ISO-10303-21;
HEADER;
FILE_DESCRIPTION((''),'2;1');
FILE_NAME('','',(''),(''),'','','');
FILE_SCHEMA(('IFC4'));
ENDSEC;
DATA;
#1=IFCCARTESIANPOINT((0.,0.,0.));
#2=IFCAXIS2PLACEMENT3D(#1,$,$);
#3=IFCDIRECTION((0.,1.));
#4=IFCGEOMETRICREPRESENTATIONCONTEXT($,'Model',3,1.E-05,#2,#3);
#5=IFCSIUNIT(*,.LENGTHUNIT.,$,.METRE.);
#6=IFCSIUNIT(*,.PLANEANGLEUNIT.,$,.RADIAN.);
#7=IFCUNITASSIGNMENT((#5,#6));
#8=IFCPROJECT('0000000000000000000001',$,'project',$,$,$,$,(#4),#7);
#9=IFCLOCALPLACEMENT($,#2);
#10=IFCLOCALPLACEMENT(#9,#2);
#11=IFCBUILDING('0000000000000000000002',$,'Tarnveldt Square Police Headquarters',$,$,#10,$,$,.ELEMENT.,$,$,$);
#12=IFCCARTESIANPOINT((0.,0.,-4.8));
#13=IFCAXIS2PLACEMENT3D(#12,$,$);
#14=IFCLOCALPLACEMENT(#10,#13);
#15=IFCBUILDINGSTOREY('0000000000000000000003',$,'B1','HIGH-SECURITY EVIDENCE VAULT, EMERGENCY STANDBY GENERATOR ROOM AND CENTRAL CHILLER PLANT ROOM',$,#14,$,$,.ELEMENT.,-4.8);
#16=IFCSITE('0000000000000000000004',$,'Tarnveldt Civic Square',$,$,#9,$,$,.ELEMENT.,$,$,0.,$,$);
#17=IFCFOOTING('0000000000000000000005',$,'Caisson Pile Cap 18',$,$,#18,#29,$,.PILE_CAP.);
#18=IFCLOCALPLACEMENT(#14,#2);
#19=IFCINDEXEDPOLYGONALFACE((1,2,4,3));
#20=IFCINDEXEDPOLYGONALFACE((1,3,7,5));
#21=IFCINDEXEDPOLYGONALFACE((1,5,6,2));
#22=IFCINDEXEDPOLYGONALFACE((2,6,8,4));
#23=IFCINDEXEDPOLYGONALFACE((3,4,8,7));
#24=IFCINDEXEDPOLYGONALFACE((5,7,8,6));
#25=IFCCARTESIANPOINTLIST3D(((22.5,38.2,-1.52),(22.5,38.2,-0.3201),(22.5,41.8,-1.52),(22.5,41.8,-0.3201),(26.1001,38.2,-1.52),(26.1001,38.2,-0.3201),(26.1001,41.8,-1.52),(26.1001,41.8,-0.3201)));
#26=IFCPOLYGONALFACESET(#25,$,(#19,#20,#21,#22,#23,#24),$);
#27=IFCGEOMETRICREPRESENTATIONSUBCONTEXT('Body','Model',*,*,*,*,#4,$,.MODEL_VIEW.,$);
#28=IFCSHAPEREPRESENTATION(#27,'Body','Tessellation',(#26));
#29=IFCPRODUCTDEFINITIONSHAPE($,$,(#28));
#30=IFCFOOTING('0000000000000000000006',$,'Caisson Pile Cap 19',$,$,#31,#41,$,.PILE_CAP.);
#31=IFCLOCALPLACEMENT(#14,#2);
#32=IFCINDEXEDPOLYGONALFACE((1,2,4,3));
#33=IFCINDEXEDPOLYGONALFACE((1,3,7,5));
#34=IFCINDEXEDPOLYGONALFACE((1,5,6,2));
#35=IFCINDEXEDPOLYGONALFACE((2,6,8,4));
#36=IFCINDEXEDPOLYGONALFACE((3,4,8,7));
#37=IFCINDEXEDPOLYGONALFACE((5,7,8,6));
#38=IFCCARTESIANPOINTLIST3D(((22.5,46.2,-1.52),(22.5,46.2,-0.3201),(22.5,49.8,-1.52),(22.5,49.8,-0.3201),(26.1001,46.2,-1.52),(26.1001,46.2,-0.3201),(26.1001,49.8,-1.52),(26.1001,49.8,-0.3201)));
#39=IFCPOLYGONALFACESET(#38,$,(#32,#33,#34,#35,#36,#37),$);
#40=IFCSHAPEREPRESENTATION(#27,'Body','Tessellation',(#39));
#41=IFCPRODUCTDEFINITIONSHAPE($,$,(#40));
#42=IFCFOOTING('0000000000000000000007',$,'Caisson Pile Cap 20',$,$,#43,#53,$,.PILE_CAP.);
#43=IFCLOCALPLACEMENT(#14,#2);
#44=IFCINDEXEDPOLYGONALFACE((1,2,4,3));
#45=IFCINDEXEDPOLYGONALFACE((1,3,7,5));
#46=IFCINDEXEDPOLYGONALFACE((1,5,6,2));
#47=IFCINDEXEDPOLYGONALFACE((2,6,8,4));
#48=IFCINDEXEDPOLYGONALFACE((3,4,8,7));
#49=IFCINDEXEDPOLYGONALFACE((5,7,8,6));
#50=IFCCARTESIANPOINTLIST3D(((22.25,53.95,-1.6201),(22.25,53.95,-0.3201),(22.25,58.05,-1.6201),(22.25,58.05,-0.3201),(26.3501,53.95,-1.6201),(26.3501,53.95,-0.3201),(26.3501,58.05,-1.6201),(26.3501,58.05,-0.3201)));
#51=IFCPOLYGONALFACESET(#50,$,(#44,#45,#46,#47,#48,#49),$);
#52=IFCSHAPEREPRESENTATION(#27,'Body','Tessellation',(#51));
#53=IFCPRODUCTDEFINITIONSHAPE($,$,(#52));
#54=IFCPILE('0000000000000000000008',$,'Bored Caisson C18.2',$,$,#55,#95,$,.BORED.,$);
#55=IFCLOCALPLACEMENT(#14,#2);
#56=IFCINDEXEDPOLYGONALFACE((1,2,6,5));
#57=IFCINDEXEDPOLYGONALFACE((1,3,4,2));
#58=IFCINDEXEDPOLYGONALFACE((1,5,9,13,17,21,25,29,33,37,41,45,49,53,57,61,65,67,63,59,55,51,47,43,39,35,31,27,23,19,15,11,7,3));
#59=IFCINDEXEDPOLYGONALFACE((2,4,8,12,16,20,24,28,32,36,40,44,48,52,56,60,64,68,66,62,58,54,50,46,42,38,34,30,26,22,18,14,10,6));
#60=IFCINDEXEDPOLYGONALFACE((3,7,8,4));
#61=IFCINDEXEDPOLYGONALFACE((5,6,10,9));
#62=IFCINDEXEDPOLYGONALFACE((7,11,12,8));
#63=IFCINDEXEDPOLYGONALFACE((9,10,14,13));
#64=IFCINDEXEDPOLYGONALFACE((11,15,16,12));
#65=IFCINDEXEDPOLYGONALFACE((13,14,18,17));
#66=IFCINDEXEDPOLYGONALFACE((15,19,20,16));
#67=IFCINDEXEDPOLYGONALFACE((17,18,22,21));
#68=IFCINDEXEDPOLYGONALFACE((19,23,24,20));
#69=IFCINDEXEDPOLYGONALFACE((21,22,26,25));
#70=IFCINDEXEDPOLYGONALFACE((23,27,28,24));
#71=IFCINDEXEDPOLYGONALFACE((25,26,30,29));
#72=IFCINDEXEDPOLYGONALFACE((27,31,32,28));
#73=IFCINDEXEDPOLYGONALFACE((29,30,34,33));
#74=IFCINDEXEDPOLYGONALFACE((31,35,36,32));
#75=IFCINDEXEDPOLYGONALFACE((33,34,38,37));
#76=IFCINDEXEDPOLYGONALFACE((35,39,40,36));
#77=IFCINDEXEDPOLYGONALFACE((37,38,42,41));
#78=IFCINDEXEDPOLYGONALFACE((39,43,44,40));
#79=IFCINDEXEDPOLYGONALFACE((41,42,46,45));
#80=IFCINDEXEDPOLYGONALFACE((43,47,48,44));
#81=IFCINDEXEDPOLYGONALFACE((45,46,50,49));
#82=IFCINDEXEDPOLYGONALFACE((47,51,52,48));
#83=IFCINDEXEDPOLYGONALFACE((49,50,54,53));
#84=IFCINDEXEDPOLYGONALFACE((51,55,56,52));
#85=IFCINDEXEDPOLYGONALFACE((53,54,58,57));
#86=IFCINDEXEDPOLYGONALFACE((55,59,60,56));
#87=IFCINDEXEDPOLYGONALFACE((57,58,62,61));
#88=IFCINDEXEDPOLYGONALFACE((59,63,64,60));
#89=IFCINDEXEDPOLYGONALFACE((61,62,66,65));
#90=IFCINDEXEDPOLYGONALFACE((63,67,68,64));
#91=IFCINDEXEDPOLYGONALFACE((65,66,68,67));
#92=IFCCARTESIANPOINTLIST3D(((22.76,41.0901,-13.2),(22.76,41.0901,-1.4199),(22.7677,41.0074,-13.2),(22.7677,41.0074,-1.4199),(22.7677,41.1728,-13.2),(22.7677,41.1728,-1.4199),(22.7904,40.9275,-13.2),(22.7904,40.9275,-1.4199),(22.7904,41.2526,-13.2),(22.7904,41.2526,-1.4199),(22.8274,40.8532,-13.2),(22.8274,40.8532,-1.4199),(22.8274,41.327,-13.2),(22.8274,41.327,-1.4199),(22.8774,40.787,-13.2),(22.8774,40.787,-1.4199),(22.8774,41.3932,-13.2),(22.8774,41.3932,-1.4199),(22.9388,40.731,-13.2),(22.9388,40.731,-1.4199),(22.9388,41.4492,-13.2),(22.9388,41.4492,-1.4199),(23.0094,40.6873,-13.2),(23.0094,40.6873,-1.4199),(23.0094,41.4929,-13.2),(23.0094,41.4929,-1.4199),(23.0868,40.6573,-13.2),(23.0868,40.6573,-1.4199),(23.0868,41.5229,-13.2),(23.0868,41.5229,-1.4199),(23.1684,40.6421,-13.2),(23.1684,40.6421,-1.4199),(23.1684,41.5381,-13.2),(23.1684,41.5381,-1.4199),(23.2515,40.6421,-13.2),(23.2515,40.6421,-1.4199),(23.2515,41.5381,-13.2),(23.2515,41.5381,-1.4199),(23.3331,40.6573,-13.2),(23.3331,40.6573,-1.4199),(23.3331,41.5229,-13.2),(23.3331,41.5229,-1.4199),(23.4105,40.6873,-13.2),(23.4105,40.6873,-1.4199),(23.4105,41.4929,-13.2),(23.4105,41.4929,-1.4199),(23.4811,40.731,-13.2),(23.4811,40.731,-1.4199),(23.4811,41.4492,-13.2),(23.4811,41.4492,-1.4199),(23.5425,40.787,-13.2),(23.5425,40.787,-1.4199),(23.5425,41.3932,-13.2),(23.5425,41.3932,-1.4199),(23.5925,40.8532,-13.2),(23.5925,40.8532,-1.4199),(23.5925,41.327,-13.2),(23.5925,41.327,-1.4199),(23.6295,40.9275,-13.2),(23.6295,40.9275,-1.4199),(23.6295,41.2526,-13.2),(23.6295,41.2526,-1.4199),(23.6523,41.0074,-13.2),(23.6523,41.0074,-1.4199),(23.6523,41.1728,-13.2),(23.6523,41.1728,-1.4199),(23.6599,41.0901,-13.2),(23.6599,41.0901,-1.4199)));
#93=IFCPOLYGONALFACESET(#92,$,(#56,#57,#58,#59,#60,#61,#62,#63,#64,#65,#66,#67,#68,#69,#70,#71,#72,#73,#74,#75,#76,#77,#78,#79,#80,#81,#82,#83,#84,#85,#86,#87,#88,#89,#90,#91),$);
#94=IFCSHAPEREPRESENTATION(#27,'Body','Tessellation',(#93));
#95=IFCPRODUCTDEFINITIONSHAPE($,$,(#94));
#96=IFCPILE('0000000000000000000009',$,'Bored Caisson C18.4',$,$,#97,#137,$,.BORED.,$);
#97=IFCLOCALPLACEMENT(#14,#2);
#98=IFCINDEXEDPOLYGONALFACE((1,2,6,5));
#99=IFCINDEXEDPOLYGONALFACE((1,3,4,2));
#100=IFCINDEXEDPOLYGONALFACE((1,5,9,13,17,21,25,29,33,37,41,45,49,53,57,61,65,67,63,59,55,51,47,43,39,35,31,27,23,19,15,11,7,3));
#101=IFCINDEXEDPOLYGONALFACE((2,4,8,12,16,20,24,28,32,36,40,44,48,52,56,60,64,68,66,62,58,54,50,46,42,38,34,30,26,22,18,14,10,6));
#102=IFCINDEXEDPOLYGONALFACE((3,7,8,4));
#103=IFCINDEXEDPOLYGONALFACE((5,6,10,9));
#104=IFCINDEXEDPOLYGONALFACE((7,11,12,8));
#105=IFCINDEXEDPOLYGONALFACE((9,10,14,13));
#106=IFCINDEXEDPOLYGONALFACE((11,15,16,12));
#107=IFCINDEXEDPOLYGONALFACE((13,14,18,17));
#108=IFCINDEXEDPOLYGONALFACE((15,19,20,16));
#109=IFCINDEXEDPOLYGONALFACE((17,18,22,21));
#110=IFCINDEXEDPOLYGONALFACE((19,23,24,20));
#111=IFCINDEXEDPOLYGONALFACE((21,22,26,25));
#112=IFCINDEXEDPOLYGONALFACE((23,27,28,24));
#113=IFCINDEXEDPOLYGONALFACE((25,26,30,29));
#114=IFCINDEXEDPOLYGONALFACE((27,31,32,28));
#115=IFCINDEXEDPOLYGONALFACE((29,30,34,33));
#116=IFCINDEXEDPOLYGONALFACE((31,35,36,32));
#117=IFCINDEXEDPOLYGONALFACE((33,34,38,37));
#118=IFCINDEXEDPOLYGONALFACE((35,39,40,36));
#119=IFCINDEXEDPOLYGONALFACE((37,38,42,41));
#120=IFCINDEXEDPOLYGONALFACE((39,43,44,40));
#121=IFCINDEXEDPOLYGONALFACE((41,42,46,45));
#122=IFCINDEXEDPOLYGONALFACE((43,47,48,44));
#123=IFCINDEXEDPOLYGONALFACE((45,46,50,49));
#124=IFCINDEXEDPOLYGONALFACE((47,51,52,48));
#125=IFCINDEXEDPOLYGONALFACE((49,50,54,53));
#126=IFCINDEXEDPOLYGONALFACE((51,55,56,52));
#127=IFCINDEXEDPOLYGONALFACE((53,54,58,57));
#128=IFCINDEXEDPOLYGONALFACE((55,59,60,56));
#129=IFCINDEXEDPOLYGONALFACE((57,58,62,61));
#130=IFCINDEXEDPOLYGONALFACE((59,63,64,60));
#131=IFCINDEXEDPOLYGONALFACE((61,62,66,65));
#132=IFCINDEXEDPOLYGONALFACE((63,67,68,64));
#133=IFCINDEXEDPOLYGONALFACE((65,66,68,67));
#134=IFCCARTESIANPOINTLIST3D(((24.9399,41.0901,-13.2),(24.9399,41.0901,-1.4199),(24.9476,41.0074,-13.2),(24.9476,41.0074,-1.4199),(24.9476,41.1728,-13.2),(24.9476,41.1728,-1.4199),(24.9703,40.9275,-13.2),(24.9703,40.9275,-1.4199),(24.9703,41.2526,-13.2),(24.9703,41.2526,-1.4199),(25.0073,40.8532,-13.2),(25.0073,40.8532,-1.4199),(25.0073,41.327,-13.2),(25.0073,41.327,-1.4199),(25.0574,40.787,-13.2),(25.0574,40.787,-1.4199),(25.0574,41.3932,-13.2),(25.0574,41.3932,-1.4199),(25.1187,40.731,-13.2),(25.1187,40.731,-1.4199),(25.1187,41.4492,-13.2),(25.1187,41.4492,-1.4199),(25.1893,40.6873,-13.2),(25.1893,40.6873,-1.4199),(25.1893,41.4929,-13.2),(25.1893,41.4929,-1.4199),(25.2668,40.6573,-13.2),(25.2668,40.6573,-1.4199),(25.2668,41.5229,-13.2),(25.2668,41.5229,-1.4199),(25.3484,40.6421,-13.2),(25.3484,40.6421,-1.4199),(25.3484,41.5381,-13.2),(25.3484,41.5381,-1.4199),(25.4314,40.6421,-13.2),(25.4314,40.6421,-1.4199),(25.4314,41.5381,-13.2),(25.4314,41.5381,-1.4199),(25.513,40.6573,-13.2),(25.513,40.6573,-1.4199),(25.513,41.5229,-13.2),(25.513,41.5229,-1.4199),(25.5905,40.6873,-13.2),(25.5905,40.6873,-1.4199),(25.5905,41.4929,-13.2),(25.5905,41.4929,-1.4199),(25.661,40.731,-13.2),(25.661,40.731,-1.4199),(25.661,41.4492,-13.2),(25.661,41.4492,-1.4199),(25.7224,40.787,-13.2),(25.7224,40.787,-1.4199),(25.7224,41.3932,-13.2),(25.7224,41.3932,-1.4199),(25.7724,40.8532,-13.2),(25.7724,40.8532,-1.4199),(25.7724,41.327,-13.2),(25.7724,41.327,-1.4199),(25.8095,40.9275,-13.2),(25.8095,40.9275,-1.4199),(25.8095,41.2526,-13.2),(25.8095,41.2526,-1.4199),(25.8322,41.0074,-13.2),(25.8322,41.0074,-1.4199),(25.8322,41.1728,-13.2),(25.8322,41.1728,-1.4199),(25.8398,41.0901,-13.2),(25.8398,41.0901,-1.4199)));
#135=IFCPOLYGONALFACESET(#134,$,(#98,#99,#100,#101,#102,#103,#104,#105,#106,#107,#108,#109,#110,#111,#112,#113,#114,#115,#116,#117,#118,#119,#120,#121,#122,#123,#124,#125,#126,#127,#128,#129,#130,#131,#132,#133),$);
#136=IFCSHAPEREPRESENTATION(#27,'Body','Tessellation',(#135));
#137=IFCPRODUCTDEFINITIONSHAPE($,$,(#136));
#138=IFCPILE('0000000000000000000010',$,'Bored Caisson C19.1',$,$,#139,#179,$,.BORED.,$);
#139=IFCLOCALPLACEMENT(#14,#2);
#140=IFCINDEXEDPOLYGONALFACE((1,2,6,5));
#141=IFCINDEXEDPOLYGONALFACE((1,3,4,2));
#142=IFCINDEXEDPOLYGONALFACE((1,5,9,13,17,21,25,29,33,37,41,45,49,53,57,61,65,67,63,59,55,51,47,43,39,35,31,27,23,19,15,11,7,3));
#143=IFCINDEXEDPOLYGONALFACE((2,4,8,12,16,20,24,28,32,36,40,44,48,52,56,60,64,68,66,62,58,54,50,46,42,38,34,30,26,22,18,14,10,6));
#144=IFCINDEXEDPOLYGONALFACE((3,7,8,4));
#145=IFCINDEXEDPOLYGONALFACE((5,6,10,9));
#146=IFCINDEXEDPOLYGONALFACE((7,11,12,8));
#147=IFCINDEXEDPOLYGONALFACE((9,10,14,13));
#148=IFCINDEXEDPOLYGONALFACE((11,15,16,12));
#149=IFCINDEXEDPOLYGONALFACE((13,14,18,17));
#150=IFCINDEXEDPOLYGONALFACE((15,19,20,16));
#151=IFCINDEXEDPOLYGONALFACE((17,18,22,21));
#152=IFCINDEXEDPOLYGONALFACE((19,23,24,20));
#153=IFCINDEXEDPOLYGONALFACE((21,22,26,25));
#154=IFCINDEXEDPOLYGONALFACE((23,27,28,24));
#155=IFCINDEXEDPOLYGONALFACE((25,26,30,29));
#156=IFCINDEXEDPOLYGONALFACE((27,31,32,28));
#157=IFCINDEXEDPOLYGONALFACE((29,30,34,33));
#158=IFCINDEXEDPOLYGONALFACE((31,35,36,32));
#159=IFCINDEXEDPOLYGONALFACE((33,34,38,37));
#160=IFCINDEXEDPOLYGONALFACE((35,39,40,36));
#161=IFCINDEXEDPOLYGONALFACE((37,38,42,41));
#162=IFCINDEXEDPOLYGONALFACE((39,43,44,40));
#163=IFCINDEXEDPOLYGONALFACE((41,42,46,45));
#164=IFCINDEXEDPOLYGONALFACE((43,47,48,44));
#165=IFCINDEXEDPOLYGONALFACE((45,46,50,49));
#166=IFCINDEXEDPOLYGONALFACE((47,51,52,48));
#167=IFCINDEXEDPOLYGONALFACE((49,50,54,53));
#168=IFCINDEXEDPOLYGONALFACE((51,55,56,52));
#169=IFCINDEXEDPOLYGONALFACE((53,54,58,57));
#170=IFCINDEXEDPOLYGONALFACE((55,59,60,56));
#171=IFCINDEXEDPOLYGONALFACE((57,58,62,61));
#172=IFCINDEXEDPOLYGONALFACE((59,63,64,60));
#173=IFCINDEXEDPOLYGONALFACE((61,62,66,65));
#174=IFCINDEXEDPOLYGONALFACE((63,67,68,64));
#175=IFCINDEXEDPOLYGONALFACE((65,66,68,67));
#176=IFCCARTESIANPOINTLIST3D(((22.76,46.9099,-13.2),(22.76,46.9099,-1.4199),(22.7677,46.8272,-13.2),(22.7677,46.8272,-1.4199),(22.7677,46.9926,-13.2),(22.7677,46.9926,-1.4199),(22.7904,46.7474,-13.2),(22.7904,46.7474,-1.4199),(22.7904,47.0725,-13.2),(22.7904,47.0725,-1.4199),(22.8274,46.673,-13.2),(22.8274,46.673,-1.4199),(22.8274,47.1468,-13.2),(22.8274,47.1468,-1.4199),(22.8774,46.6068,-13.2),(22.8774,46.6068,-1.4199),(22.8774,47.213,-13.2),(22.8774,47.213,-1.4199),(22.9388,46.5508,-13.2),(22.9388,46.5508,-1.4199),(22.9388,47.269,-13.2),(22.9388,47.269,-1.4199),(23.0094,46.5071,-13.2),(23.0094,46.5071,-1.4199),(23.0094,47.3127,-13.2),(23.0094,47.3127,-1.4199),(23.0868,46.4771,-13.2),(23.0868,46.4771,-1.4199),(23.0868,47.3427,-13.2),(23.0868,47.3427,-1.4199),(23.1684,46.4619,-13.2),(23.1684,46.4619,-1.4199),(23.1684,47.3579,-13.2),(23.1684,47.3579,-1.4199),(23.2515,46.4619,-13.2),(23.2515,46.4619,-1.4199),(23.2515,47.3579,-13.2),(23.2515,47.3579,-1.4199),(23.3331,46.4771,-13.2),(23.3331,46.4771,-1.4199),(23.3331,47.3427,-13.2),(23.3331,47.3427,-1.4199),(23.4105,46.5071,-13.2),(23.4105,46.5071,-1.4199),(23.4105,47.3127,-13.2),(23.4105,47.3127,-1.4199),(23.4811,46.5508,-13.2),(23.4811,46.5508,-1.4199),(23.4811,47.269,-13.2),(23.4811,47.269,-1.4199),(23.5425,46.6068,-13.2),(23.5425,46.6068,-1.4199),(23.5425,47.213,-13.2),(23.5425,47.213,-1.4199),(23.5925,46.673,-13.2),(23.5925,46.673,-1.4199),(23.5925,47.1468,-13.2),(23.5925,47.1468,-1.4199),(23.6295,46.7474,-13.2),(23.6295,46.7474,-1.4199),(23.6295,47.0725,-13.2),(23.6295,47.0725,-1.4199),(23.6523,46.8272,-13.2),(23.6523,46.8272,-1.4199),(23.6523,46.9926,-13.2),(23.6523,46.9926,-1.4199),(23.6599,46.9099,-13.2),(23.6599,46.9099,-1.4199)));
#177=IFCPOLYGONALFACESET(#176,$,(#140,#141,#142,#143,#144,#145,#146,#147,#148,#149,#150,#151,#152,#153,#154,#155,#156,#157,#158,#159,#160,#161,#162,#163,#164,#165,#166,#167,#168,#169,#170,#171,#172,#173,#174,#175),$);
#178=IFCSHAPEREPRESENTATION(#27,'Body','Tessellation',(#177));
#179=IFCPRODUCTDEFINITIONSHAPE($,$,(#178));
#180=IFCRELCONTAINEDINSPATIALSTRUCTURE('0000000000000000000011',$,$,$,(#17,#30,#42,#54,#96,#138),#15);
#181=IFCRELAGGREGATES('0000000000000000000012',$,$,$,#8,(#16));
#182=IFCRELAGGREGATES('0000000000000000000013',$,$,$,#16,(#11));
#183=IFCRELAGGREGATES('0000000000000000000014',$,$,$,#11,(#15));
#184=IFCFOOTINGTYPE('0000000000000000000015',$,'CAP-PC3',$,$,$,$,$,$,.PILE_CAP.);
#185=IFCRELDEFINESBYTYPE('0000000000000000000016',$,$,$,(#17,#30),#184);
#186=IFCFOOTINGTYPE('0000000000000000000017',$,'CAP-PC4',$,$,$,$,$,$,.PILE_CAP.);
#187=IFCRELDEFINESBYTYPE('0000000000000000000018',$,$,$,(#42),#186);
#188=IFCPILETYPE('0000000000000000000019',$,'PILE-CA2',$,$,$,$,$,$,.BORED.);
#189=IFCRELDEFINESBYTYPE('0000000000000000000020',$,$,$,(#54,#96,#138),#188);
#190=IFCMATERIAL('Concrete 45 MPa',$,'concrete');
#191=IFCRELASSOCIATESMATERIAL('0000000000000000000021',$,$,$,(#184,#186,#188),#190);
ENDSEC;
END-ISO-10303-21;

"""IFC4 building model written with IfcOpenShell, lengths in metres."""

from ifc_helpers import new_model, si_unit, direction, frame, origin, origin_2d, place, context, subcontext, project, spatial, rectangle, circle, extrude, material, material_profile, profile_set, type_object, element, save


model = new_model("IFC4")

# Units and contexts
model_context = context("Model", 3, precision=1e-05, world=origin(), true_north=direction((0.0, 1.0)))
body_context = subcontext(model_context, "Body", "Model", "MODEL_VIEW")
ifc_project = project(units=[si_unit("LENGTHUNIT", "METRE"), si_unit("PLANEANGLEUNIT", "RADIAN")], contexts=[model_context])

# Site, building, storey
site_placement = place(None, origin())
site = spatial("IfcSite", under=ifc_project, at=site_placement, Name="Tarnveldt Civic Square", CompositionType="ELEMENT", RefElevation=0.0)
building_placement = place(site_placement, origin())
building = spatial("IfcBuilding", under=site, at=building_placement, Name="Tarnveldt Square Police Headquarters", CompositionType="ELEMENT")
storey_placement = place(building_placement, frame((0.0, 0.0, -4.8)))
storey = spatial("IfcBuildingStorey", under=building, at=storey_placement, Name="B1", Description="HIGH-SECURITY EVIDENCE VAULT, EMERGENCY STANDBY GENERATOR ROOM AND CENTRAL CHILLER PLANT ROOM", CompositionType="ELEMENT", Elevation=-4.8)

# Footings
ifc_material_1 = material(Name="Concrete 45 MPa", Category="concrete")
footing_type_1 = type_object("IfcFootingType", Name="CAP-PC3", PredefinedType="PILE_CAP", material=ifc_material_1)
for number, where, z_axis, x_axis, name in (
    (1, (24.3, 40.0, -1.52), (0.0, 0.0, 1.0), (1.0, 0.0, 0.0), "Caisson Pile Cap 18"),
    (2, (24.3, 48.0, -1.52), (0.0, 0.0, 1.0), (1.0, 0.0, 0.0), "Caisson Pile Cap 19"),
):
    element("IfcFooting", number, at=place(storey_placement, frame(where, z_axis=z_axis, x_axis=x_axis)), inside=storey, type_object=footing_type_1, Name=name, PredefinedType="PILE_CAP", context=body_context, shape_type="SweptSolid", body=[
        extrude(rectangle(XDim=3.6001, YDim=3.6001, at=origin_2d()), origin(), (0.0, 0.0, 1.0), 1.2),
    ])
footing_type_2 = type_object("IfcFootingType", Name="CAP-PC4", PredefinedType="PILE_CAP", material=ifc_material_1)
footing_placement = place(storey_placement, frame((24.3, 56.0, -1.6201), z_axis=(0.0, 0.0, 1.0), x_axis=(1.0, 0.0, 0.0)))
element("IfcFooting", 3, at=footing_placement, inside=storey, type_object=footing_type_2, Name="Caisson Pile Cap 20", PredefinedType="PILE_CAP", context=body_context, shape_type="SweptSolid", body=[
    extrude(rectangle(XDim=4.1001, YDim=4.1001, at=origin_2d()), origin(), (0.0, 0.0, 1.0), 1.3),
])

# Piles
ifc_material_profile_1 = material_profile(ifc_material_1, circle(Radius=0.45, at=origin_2d()), Name="CAISSON-D900")
ifc_profile_set_1 = profile_set([ifc_material_profile_1], Name="Concrete 45 MPa")
pile_type_1 = type_object("IfcPileType", Name="PILE-CA2", PredefinedType="BORED", material=ifc_profile_set_1)
for number, where, z_axis, x_axis, name in (
    (4, (23.21, 41.0901, -1.4199), (0.0, 0.0, -1.0), (1.0, 0.0, 0.0), "Bored Caisson C18.2"),
    (5, (25.3899, 41.0901, -1.4199), (0.0, 0.0, -1.0), (1.0, 0.0, 0.0), "Bored Caisson C18.4"),
    (6, (23.21, 46.9099, -1.4199), (0.0, 0.0, -1.0), (1.0, 0.0, 0.0), "Bored Caisson C19.1"),
):
    element("IfcPile", number, at=place(storey_placement, frame(where, z_axis=z_axis, x_axis=x_axis)), inside=storey, type_object=pile_type_1, Name=name, PredefinedType="BORED", context=body_context, shape_type="SweptSolid", body=[
        extrude(circle(Radius=0.45, at=origin_2d()), origin(), (0.0, 0.0, 1.0), 11.78),
    ])

save(model, "model.ifc")
